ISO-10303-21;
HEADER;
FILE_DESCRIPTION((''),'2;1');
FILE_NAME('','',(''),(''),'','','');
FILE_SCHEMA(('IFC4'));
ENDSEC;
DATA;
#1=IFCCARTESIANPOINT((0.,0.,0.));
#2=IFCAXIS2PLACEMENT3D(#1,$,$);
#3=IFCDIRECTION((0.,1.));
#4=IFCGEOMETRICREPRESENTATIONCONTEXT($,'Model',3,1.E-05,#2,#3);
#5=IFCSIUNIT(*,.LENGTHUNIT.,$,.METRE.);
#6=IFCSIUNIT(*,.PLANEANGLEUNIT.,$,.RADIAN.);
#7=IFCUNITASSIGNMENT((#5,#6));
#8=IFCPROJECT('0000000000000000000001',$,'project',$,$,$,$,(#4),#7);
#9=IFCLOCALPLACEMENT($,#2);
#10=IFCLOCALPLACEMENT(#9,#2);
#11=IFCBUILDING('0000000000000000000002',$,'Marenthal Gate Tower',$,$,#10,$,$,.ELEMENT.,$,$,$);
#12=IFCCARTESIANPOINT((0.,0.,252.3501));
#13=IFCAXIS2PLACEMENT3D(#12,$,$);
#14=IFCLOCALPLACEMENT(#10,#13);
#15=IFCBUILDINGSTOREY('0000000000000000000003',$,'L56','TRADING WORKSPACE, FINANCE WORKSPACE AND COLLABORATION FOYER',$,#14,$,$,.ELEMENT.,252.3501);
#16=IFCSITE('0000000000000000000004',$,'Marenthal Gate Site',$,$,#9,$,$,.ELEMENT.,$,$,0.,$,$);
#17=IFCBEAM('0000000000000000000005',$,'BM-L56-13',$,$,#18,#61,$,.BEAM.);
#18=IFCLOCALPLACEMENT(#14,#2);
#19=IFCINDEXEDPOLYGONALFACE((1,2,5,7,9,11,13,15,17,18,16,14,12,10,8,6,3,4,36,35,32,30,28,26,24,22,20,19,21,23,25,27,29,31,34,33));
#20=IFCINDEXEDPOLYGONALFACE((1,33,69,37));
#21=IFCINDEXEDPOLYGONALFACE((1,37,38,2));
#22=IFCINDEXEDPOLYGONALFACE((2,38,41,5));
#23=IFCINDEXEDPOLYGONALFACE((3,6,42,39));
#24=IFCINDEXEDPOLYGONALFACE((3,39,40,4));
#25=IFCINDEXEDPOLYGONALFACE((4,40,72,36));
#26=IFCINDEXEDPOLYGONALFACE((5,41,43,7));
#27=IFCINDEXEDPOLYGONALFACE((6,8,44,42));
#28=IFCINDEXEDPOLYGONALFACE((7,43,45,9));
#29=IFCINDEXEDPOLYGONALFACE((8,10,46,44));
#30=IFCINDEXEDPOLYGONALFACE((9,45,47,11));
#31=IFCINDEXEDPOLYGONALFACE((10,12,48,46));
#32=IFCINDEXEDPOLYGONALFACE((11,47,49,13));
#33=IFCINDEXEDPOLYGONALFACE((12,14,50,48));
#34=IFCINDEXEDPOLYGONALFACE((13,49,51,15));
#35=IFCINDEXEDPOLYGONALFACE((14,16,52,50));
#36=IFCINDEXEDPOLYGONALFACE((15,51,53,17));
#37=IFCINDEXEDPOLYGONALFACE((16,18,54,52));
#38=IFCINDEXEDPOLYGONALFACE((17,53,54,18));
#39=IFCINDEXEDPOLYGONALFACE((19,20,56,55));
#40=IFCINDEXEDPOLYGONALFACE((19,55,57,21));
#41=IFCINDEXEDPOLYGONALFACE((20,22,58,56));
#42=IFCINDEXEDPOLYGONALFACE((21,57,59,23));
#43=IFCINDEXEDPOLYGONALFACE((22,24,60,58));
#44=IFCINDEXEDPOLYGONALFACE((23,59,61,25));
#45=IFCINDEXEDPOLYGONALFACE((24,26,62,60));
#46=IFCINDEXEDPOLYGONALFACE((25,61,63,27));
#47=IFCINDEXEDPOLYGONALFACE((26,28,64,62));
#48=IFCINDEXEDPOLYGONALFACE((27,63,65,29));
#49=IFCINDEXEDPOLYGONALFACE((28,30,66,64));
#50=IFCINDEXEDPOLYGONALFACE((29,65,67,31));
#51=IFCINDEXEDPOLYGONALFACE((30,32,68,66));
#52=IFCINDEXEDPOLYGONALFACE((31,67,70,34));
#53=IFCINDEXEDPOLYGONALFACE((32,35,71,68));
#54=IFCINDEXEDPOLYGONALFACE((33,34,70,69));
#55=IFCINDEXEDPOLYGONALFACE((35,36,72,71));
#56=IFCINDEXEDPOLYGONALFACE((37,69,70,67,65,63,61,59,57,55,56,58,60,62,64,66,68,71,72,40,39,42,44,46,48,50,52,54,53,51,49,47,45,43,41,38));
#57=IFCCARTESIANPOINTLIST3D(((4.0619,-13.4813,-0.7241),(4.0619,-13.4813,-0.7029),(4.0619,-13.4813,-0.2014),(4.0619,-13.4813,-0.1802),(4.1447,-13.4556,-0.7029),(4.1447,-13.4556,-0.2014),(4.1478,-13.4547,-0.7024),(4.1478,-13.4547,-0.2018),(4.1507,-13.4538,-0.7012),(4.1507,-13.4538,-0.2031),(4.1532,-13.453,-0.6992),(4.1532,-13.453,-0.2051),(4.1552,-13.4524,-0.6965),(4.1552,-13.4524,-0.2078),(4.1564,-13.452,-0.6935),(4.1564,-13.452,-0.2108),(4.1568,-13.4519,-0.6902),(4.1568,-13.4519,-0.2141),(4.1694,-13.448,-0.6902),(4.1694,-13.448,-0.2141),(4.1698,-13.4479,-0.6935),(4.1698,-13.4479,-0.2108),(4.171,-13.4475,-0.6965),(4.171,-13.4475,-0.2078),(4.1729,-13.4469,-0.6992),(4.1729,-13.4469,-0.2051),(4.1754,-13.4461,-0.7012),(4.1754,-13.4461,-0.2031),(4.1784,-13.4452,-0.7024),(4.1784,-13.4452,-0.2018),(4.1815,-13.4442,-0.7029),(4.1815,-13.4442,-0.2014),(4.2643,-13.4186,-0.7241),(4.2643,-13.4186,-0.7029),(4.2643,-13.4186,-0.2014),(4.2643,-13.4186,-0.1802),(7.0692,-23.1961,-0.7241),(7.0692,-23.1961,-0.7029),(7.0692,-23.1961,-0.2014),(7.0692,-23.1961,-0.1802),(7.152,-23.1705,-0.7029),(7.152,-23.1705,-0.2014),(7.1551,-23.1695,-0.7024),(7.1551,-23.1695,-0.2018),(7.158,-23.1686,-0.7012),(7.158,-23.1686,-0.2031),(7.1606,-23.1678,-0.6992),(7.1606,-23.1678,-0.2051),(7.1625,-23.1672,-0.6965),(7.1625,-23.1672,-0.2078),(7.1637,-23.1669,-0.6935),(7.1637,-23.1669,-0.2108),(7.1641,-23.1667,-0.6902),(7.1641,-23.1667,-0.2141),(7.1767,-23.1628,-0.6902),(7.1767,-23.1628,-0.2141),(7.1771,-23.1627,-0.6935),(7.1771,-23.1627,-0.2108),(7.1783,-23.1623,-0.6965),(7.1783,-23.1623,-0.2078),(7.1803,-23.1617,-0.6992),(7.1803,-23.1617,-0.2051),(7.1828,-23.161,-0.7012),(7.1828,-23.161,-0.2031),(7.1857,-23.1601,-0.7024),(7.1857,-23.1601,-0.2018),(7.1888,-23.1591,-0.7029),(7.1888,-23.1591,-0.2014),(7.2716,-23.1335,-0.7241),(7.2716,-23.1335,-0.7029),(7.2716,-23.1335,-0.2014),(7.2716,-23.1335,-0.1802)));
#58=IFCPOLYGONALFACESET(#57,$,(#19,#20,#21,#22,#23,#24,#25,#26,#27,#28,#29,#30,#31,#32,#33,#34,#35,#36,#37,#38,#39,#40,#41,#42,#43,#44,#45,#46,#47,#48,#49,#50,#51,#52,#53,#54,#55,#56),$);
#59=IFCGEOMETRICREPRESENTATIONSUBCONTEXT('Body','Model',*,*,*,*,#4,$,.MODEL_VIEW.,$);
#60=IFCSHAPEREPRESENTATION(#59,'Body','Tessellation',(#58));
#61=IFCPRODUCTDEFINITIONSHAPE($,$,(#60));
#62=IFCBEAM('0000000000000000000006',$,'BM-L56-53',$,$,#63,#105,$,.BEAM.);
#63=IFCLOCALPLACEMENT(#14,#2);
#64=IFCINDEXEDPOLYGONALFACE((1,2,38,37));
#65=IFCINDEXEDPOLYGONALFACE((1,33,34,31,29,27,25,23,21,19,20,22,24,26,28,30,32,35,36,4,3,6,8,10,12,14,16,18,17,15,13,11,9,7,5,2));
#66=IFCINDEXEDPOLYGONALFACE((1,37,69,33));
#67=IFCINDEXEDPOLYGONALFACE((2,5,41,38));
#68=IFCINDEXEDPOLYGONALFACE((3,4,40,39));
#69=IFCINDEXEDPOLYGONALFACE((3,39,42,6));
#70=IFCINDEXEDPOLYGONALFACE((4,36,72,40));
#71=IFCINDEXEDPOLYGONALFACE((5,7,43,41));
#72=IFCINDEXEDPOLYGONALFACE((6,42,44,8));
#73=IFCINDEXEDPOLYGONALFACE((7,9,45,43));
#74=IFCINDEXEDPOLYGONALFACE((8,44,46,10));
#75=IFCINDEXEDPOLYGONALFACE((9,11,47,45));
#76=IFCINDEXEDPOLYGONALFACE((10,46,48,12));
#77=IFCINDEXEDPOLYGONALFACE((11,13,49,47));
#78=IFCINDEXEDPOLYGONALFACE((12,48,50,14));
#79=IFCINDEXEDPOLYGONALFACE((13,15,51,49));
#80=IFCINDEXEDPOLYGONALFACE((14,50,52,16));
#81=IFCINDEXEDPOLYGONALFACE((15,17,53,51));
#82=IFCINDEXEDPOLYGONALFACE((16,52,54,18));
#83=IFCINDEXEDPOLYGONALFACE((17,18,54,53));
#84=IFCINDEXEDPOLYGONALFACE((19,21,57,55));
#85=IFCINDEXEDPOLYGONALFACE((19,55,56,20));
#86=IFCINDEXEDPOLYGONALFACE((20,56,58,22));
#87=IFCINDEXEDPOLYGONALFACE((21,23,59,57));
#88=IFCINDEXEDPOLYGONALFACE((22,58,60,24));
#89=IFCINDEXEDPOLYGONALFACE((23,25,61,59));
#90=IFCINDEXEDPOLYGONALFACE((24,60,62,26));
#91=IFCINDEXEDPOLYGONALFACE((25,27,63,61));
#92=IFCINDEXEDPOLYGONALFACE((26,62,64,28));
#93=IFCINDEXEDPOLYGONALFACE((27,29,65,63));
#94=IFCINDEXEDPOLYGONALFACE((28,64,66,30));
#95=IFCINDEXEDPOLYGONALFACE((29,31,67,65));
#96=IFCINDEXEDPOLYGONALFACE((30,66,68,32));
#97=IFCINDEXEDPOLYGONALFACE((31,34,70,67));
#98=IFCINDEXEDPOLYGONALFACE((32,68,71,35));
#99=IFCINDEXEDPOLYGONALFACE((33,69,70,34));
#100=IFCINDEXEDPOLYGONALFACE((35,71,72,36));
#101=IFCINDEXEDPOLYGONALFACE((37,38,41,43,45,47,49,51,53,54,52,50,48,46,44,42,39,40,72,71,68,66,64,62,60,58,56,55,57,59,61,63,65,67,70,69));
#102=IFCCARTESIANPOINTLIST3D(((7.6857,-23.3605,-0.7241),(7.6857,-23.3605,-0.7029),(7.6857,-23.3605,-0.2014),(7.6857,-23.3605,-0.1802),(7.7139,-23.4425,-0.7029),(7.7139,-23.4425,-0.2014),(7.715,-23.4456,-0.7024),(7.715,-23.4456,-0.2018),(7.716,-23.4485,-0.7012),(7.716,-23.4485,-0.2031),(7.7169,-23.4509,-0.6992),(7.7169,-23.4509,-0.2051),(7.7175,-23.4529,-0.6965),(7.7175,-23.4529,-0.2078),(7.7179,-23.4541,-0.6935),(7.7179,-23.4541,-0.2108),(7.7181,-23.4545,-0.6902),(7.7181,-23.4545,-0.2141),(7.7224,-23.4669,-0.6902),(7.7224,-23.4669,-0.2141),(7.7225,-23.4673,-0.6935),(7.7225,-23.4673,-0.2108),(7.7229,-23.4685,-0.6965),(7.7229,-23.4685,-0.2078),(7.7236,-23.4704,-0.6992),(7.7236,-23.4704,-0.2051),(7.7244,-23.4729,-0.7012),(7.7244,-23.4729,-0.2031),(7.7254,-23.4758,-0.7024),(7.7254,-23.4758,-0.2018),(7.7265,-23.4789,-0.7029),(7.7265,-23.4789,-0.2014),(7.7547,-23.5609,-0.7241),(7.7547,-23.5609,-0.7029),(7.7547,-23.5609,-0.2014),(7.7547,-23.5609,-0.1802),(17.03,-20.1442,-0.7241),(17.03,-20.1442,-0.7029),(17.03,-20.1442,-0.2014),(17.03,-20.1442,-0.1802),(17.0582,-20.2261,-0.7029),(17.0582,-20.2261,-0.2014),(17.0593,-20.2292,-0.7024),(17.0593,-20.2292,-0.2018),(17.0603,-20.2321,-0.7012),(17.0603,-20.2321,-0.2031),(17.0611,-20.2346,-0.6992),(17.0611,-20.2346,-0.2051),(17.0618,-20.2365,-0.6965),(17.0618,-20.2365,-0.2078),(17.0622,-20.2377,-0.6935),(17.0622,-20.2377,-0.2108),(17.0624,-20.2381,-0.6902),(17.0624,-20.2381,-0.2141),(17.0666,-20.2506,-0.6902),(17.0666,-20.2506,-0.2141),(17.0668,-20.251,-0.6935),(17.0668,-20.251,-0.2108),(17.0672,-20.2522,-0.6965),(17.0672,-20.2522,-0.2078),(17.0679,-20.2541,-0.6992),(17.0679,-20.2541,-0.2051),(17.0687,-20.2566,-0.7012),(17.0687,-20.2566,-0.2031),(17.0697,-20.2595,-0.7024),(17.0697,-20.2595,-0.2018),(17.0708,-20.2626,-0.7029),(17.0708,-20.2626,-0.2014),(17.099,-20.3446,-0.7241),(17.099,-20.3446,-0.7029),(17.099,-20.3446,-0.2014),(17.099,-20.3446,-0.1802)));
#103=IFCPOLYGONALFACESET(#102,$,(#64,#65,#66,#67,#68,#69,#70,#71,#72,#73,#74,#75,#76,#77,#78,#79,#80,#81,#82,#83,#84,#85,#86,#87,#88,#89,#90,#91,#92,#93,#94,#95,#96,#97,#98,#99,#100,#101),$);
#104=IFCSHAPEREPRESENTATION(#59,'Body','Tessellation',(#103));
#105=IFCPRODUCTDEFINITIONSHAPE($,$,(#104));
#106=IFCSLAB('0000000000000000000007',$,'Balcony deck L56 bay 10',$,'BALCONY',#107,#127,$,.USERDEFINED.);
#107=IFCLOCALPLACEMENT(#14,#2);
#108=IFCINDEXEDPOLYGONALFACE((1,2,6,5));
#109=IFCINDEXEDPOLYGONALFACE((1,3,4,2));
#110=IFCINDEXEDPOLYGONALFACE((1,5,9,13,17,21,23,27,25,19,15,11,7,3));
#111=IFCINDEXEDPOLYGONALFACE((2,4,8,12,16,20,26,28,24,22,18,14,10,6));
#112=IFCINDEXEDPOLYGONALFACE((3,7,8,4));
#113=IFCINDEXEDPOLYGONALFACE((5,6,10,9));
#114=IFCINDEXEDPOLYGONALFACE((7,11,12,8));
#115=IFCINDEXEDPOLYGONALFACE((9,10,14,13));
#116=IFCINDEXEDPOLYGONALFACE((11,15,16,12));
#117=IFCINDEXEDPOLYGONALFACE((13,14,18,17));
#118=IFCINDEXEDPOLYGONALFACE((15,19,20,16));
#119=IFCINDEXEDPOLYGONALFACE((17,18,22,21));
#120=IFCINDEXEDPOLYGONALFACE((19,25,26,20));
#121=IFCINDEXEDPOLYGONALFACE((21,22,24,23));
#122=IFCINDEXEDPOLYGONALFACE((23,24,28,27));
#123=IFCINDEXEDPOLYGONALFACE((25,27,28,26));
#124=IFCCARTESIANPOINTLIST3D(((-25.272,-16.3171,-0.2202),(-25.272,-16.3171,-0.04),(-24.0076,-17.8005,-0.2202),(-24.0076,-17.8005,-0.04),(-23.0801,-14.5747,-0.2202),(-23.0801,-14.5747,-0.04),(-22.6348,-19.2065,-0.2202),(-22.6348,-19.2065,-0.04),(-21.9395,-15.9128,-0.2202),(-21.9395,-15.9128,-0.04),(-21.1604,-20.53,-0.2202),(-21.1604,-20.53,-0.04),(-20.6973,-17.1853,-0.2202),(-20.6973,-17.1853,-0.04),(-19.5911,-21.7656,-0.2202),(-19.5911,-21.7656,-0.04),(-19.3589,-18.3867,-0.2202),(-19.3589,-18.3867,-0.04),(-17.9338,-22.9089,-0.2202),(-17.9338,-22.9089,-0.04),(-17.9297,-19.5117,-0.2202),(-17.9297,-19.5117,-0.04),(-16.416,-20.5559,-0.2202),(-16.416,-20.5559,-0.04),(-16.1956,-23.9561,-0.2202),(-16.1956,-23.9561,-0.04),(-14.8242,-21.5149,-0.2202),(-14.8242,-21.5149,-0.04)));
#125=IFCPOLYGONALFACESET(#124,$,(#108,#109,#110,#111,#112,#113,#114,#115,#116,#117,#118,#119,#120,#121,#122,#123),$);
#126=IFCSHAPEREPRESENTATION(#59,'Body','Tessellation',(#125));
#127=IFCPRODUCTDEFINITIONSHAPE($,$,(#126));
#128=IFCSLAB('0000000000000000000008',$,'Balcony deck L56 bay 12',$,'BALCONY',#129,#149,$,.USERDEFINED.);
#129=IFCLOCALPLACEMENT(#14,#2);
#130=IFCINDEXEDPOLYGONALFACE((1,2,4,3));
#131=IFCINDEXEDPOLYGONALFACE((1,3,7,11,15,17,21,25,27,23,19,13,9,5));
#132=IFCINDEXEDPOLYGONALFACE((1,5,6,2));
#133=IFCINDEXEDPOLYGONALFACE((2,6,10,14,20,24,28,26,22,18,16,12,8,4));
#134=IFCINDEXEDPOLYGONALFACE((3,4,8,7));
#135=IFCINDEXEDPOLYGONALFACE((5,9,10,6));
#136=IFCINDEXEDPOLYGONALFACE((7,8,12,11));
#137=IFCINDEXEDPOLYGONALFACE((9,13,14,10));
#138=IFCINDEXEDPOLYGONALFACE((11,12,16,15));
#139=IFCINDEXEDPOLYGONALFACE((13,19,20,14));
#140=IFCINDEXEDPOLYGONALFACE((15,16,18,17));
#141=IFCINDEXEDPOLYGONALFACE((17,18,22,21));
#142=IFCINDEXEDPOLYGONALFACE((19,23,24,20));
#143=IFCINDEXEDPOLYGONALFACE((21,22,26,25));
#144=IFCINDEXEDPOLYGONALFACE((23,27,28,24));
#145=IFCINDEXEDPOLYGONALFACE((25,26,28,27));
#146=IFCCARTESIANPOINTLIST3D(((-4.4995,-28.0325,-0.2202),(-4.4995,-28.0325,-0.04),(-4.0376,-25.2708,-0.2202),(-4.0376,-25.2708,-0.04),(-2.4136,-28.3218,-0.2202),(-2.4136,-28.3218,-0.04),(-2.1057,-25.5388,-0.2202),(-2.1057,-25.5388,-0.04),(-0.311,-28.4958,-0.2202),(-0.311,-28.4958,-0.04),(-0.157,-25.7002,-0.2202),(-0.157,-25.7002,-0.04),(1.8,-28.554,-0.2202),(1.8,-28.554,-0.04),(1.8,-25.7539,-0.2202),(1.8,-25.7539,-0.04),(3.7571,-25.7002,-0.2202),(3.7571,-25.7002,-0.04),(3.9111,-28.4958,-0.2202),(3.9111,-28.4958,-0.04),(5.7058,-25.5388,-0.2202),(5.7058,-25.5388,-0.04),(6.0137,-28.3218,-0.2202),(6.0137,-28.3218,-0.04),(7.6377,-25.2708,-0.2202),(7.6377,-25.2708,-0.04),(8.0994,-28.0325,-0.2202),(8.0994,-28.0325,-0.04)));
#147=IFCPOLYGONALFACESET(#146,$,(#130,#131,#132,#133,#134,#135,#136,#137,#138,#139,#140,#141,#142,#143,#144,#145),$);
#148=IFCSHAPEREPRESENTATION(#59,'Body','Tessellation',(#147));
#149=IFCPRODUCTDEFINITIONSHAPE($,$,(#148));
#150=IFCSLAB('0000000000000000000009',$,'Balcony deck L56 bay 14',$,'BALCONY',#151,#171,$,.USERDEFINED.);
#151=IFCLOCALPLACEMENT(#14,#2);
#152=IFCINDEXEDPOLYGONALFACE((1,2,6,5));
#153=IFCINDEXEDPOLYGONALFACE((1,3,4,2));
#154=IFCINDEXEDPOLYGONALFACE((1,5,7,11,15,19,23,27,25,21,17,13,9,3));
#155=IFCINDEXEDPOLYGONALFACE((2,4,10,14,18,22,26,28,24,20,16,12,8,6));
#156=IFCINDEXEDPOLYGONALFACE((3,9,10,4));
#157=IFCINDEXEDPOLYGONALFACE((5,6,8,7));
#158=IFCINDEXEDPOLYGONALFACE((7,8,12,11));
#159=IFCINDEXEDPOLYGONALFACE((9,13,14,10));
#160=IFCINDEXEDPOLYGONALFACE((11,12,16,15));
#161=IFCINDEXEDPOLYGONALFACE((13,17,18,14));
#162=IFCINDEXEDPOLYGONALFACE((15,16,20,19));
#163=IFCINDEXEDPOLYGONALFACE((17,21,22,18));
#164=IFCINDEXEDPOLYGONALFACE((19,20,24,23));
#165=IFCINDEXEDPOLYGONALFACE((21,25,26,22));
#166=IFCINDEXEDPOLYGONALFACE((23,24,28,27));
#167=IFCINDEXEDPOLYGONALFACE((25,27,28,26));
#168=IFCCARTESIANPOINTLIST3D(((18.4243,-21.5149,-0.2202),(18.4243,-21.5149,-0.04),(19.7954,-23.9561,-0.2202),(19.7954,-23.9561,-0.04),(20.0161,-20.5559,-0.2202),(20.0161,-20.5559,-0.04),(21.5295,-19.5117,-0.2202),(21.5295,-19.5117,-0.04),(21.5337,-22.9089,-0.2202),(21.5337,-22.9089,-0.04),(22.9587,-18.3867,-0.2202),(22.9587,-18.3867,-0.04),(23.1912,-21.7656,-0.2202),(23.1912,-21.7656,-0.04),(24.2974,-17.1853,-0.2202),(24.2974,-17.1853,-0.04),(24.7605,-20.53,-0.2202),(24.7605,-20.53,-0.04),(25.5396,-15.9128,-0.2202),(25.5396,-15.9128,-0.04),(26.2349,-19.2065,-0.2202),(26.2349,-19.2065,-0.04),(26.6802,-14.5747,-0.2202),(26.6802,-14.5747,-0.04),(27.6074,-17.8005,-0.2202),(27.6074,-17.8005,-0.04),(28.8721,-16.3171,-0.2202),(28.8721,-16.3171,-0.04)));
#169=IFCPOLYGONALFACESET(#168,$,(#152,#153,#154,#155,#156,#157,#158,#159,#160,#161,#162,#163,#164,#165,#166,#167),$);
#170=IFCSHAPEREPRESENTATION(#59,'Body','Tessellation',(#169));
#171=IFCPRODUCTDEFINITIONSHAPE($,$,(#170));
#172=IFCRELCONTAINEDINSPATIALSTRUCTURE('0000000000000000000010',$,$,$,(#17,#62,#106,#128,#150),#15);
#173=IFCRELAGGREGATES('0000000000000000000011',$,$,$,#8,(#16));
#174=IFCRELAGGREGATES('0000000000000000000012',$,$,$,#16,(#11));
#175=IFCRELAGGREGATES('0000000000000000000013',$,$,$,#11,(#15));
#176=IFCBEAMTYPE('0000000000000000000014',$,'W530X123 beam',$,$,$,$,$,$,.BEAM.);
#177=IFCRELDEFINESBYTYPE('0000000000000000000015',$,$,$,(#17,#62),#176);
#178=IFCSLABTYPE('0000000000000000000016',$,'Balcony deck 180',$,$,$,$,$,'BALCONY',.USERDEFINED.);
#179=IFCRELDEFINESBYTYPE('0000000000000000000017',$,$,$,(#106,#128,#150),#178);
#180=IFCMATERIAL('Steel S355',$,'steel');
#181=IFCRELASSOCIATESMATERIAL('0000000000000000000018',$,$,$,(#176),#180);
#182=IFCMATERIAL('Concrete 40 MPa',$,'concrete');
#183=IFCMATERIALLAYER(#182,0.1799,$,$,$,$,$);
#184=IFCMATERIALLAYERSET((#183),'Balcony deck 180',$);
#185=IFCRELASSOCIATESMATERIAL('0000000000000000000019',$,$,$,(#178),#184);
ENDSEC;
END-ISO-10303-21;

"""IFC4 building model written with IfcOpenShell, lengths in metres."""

from ifc_helpers import new_model, si_unit, direction, frame, origin, origin_2d, place, context, subcontext, project, spatial, polyline, i_section, outline, extrude, material, layer, layer_set, material_profile, profile_set, type_object, element, save


model = new_model("IFC4")

# Units and contexts
model_context = context("Model", 3, precision=1e-05, world=origin(), true_north=direction((0.0, 1.0)))
body_context = subcontext(model_context, "Body", "Model", "MODEL_VIEW")
ifc_project = project(units=[si_unit("LENGTHUNIT", "METRE"), si_unit("PLANEANGLEUNIT", "RADIAN")], contexts=[model_context])

# Site, building, storey
site_placement = place(None, origin())
site = spatial("IfcSite", under=ifc_project, at=site_placement, Name="Marenthal Gate Site", CompositionType="ELEMENT", RefElevation=0.0)
building_placement = place(site_placement, origin())
building = spatial("IfcBuilding", under=site, at=building_placement, Name="Marenthal Gate Tower", CompositionType="ELEMENT")
storey_placement = place(building_placement, frame((0.0, 0.0, 252.3501)))
storey = spatial("IfcBuildingStorey", under=building, at=storey_placement, Name="L56", Description="TRADING WORKSPACE, FINANCE WORKSPACE AND COLLABORATION FOYER", CompositionType="ELEMENT", Elevation=252.3501)

# Beams
ifc_material_1 = material(Name="Steel S355", Category="steel")
ifc_material_profile_1 = material_profile(ifc_material_1, i_section(OverallWidth=0.2119, OverallDepth=0.5439, WebThickness=0.0132, FlangeThickness=0.0212, FilletRadius=0.0127, at=origin_2d()), Name="W530X123")
ifc_profile_set_1 = profile_set([ifc_material_profile_1], Name="Steel S355")
beam_type_1 = type_object("IfcBeamType", Name="W530X123 beam", PredefinedType="BEAM", material=ifc_profile_set_1)
beam_1_placement = place(storey_placement, frame((7.1704, -23.1648, -0.4521), z_axis=(-0.295715, 0.955276, 0.0), x_axis=(-0.955276, -0.295715, 0.0)))
element("IfcBeam", 1, at=beam_1_placement, inside=storey, type_object=beam_type_1, Name="BM-L56-13", PredefinedType="BEAM", context=body_context, shape_type="SweptSolid", body=[
    extrude(i_section(OverallWidth=0.2119, OverallDepth=0.5439, WebThickness=0.0132, FlangeThickness=0.0212, FilletRadius=0.0127, at=origin_2d()), origin(), (0.0, 0.0, 1.0), 10.1697),
])
beam_2_placement = place(storey_placement, frame((7.7202, -23.4607, -0.4521), z_axis=(0.945555, 0.325462, 0.0), x_axis=(-0.325462, 0.945555, 0.0)))
element("IfcBeam", 2, at=beam_2_placement, inside=storey, type_object=beam_type_1, Name="BM-L56-53", PredefinedType="BEAM", context=body_context, shape_type="SweptSolid", body=[
    extrude(i_section(OverallWidth=0.2119, OverallDepth=0.5439, WebThickness=0.0132, FlangeThickness=0.0212, FilletRadius=0.0127, at=origin_2d()), origin(), (0.0, 0.0, 1.0), 9.8823),
])

# Slabs
ifc_material_2 = material(Name="Concrete 40 MPa", Category="concrete")
ifc_layer_1 = layer(ifc_material_2, 0.1799)
ifc_layer_set_1 = layer_set([ifc_layer_1], Name="Balcony deck 180")
slab_type_1 = type_object("IfcSlabType", Name="Balcony deck 180", ElementType="BALCONY", PredefinedType="USERDEFINED", material=ifc_layer_set_1)
slab_1_placement = place(storey_placement, frame((0.0, 0.0, -0.2202)))
element("IfcSlab", 3, at=slab_1_placement, inside=storey, type_object=slab_type_1, Name="Balcony deck L56 bay 10", ObjectType="BALCONY", PredefinedType="USERDEFINED", context=body_context, shape_type="SweptSolid", body=[
    extrude(outline(polyline([(-23.0801, -14.5747), (-21.9395, -15.9128), (-20.6973, -17.1853), (-19.3589, -18.3867), (-17.9297, -19.5117), (-16.416, -20.5559), (-14.8242, -21.5149), (-16.1956, -23.9561), (-17.9338, -22.9089), (-19.5911, -21.7656), (-21.1604, -20.53), (-22.6348, -19.2065), (-24.0076, -17.8005), (-25.272, -16.3171), (-23.0801, -14.5747)])), origin(), (0.0, 0.0, 1.0), 0.1802),
])
slab_2_placement = place(storey_placement, frame((0.0, 0.0, -0.2202)))
element("IfcSlab", 4, at=slab_2_placement, inside=storey, type_object=slab_type_1, Name="Balcony deck L56 bay 12", ObjectType="BALCONY", PredefinedType="USERDEFINED", context=body_context, shape_type="SweptSolid", body=[
    extrude(outline(polyline([(-4.0376, -25.2708), (-2.1057, -25.5388), (-0.157, -25.7002), (1.8, -25.7539), (3.7571, -25.7002), (5.7058, -25.5388), (7.6377, -25.2708), (8.0994, -28.0325), (6.0137, -28.3218), (3.9111, -28.4958), (1.8, -28.554), (-0.311, -28.4958), (-2.4136, -28.3218), (-4.4995, -28.0325), (-4.0376, -25.2708)])), origin(), (0.0, 0.0, 1.0), 0.1802),
])
slab_3_placement = place(storey_placement, frame((0.0, 0.0, -0.2202)))
element("IfcSlab", 5, at=slab_3_placement, inside=storey, type_object=slab_type_1, Name="Balcony deck L56 bay 14", ObjectType="BALCONY", PredefinedType="USERDEFINED", context=body_context, shape_type="SweptSolid", body=[
    extrude(outline(polyline([(18.4243, -21.5149), (20.0161, -20.5559), (21.5295, -19.5117), (22.9587, -18.3867), (24.2974, -17.1853), (25.5396, -15.9128), (26.6802, -14.5747), (28.8721, -16.3171), (27.6074, -17.8005), (26.2349, -19.2065), (24.7605, -20.53), (23.1912, -21.7656), (21.5337, -22.9089), (19.7954, -23.9561), (18.4243, -21.5149)])), origin(), (0.0, 0.0, 1.0), 0.1802),
])

save(model, "model.ifc")
